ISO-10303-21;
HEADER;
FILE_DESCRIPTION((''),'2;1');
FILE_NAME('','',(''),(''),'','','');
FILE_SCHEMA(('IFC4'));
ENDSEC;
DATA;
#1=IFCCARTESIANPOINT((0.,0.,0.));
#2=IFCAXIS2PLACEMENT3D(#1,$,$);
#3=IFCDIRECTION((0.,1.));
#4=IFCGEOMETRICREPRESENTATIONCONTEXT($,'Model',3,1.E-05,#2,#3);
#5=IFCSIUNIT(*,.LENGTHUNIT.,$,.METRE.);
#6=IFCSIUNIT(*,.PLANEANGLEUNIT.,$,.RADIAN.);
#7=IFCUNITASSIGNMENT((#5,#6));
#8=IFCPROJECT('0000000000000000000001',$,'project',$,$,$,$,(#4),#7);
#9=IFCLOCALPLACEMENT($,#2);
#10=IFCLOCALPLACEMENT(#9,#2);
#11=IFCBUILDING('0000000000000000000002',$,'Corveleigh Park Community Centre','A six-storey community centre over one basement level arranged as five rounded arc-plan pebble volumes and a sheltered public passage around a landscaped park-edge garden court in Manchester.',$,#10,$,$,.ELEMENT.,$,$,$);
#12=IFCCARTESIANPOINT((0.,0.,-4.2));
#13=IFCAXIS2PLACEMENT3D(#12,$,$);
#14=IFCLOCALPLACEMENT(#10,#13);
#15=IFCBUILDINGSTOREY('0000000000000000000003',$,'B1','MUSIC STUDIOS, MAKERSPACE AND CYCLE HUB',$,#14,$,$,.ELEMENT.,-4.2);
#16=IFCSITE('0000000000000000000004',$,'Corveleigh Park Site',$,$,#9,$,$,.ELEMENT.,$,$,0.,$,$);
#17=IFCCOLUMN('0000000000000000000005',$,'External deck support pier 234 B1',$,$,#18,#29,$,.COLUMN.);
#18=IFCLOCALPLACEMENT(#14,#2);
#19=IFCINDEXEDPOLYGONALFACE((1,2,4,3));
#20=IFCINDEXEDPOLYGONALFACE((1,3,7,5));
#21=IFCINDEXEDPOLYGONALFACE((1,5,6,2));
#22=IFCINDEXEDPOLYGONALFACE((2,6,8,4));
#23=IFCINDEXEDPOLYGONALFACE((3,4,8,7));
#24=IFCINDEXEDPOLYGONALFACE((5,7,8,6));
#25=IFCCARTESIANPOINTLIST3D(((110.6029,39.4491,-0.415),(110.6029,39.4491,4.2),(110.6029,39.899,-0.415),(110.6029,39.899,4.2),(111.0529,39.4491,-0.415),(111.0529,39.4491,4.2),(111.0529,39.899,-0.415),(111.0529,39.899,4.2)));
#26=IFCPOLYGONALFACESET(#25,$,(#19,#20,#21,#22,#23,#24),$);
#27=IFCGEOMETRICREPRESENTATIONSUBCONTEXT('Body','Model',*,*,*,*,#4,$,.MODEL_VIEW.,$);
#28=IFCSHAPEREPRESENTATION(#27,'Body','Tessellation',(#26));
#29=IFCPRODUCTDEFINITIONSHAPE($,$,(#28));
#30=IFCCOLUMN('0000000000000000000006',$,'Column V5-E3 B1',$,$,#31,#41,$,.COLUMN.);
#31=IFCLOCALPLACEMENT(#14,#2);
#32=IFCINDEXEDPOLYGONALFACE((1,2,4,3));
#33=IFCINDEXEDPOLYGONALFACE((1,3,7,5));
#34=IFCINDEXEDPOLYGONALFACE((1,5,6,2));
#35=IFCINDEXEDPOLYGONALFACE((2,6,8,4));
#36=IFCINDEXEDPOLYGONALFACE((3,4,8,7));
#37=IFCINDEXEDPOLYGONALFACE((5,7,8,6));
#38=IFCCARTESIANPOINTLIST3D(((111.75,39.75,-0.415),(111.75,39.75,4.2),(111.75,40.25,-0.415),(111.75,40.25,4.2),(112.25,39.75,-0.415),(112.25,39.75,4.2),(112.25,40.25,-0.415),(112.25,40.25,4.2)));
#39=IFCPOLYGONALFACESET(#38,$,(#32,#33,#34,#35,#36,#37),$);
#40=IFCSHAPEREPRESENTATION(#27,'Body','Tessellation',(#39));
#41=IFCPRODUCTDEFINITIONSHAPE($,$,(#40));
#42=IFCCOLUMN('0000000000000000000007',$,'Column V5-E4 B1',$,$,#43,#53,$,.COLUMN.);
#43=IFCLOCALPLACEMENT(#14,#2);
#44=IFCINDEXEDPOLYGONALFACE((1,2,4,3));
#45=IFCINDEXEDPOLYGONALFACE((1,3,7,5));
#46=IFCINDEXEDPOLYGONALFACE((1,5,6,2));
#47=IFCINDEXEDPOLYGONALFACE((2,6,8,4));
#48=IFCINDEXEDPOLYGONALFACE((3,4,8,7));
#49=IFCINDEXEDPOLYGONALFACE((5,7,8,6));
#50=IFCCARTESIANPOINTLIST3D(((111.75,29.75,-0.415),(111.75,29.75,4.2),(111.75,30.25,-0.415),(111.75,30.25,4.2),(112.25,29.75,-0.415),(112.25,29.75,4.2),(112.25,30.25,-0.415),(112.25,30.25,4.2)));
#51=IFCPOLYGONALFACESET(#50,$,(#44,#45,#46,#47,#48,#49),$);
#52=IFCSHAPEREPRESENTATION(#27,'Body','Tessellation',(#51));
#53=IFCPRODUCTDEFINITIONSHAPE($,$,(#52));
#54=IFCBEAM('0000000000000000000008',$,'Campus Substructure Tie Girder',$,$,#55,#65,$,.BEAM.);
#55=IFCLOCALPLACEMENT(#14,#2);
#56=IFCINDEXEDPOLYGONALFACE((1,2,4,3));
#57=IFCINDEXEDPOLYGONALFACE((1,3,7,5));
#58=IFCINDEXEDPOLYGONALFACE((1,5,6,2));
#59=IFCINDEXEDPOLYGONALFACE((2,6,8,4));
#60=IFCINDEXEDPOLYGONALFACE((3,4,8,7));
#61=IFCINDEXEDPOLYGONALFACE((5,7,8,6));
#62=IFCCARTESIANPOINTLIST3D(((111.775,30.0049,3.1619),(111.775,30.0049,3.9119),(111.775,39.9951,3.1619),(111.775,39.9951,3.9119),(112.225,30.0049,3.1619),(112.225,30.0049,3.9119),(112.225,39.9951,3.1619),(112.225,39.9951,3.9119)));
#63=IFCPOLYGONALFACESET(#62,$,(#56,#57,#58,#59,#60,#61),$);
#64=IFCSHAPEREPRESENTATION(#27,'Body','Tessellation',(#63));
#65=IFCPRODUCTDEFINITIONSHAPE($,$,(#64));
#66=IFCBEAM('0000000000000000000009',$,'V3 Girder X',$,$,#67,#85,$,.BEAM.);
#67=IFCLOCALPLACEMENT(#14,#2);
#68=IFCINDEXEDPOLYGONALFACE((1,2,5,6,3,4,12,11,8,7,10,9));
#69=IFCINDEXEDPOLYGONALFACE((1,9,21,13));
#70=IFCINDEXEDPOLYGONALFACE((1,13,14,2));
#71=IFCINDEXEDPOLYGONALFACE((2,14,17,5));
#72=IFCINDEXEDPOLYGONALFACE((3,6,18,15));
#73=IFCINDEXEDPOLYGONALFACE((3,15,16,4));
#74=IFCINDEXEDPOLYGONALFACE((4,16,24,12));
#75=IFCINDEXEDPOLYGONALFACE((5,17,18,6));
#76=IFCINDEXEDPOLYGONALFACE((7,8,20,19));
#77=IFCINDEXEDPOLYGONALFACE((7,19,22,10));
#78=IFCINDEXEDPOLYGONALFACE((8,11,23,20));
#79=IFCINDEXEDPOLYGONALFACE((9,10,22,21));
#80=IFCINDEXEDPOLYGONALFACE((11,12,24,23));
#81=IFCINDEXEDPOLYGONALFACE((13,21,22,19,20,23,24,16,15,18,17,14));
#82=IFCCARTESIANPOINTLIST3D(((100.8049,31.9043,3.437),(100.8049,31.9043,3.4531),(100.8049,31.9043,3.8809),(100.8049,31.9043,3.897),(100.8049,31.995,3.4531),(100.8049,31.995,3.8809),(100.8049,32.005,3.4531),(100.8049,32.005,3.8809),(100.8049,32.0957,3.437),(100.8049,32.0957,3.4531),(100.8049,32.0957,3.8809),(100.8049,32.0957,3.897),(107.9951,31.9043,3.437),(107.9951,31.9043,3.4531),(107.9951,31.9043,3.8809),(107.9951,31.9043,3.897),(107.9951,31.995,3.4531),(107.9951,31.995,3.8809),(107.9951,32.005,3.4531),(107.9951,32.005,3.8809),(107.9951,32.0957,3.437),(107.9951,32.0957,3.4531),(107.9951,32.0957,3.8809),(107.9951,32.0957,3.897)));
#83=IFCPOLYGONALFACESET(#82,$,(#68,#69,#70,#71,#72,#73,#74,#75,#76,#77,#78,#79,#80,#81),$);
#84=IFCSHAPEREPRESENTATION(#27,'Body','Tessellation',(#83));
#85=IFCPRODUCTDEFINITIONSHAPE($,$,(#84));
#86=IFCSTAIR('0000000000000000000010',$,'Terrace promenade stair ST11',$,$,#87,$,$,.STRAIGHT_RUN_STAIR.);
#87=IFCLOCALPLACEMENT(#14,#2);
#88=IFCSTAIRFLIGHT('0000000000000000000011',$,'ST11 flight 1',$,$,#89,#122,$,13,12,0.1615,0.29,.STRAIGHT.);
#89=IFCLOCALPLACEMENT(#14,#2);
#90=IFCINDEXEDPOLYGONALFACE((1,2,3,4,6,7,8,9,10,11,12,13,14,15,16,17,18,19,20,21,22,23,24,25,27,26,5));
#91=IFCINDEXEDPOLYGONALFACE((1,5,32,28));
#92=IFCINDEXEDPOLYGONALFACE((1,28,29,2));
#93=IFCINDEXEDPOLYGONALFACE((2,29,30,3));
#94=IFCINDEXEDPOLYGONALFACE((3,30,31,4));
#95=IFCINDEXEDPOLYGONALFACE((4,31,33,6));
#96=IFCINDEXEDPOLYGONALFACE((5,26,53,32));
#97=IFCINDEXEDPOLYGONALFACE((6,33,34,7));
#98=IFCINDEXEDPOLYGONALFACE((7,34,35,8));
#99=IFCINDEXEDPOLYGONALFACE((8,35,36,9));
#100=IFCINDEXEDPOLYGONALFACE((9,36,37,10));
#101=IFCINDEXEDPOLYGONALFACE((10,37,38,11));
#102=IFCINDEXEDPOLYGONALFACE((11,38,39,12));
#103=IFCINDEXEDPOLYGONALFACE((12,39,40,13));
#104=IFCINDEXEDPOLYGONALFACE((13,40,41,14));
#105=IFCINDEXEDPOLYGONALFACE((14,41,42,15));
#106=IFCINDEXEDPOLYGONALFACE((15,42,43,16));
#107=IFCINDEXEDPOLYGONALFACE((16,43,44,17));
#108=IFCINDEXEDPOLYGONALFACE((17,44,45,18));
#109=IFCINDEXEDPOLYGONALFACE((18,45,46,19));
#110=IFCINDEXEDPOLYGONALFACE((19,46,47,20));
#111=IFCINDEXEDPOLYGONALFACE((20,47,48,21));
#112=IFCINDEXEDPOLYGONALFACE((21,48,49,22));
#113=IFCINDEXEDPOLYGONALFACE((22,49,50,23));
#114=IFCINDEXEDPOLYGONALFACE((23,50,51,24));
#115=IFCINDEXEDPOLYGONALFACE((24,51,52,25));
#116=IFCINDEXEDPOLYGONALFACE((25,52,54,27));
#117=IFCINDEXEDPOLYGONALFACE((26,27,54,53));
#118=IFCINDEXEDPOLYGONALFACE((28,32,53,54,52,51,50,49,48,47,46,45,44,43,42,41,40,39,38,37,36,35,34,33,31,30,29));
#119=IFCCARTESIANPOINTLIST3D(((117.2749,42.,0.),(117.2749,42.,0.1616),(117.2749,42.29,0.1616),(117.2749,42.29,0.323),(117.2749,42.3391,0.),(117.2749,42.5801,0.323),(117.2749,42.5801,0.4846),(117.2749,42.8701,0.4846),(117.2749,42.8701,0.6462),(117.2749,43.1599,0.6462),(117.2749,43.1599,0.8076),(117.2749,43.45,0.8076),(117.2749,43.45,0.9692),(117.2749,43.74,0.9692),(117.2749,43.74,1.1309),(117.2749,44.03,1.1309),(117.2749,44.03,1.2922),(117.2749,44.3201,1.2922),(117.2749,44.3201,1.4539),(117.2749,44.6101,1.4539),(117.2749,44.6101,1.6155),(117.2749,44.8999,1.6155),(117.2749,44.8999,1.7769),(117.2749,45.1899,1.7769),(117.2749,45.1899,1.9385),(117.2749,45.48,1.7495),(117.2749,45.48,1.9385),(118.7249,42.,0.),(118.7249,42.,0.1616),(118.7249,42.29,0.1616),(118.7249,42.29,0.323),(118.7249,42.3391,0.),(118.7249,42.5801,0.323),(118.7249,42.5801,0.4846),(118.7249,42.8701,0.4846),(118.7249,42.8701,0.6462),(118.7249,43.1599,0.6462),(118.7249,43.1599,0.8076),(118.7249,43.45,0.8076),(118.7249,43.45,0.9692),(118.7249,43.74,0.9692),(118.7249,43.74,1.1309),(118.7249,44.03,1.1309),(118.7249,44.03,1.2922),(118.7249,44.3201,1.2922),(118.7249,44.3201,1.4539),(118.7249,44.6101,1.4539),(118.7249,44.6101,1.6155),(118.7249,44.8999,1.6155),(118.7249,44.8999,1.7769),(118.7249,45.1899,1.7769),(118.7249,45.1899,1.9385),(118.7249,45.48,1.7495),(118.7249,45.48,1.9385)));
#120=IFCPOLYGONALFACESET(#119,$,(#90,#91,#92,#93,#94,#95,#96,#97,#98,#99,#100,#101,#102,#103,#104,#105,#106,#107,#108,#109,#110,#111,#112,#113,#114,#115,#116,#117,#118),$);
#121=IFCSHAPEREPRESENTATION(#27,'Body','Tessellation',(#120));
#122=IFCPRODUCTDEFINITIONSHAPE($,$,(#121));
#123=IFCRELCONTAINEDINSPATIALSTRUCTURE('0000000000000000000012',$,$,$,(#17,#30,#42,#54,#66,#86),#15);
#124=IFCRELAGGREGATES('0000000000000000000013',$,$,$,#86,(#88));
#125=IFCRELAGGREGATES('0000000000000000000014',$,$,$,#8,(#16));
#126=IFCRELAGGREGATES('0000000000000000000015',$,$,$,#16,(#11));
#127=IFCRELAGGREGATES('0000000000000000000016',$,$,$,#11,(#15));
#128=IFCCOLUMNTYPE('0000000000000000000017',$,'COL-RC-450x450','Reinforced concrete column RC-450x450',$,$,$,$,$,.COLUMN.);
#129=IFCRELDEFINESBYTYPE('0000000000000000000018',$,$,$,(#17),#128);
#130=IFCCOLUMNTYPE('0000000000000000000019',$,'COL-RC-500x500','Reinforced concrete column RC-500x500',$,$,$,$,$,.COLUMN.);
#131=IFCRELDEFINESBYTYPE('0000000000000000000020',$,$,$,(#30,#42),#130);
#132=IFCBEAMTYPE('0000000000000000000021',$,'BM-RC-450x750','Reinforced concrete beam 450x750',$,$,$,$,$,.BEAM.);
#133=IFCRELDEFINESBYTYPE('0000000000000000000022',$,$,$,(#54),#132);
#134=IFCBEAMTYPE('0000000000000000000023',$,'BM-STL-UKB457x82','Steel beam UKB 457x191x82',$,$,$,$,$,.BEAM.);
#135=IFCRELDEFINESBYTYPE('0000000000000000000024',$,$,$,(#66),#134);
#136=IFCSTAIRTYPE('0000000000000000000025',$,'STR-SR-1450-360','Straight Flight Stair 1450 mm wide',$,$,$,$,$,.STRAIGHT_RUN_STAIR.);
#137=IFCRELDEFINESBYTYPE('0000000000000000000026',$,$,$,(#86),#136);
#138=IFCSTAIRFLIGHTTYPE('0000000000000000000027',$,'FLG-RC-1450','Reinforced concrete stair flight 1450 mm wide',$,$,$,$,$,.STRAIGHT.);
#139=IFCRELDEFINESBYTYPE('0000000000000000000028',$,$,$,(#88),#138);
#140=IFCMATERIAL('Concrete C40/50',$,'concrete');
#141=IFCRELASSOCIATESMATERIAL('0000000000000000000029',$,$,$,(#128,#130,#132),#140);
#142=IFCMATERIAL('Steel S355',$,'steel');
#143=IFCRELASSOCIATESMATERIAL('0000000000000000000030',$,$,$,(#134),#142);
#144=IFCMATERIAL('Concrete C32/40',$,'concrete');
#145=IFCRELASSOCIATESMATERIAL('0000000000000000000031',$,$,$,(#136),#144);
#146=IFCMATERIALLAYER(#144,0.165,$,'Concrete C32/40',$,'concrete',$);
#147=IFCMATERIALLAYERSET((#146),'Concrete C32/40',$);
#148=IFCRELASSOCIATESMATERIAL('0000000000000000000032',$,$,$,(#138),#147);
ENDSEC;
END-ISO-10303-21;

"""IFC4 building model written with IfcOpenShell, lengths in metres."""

from ifc_helpers import new_model, si_unit, direction, frame, origin, origin_2d, place, context, subcontext, project, spatial, polyline, rectangle, i_section, outline, extrude, material, layer, layer_set, material_profile, profile_set, type_object, element, aggregate, save


model = new_model("IFC4")

# Units and contexts
model_context = context("Model", 3, precision=1e-05, world=origin(), true_north=direction((0.0, 1.0)))
body_context = subcontext(model_context, "Body", "Model", "MODEL_VIEW")
ifc_project = project(units=[si_unit("LENGTHUNIT", "METRE"), si_unit("PLANEANGLEUNIT", "RADIAN")], contexts=[model_context])

# Site, building, storey
site_placement = place(None, origin())
site = spatial("IfcSite", under=ifc_project, at=site_placement, Name="Corveleigh Park Site", CompositionType="ELEMENT", RefElevation=0.0)
building_placement = place(site_placement, origin())
building = spatial("IfcBuilding", under=site, at=building_placement, Name="Corveleigh Park Community Centre", Description="A six-storey community centre over one basement level arranged as five rounded arc-plan pebble volumes and a sheltered public passage around a landscaped park-edge garden court in Manchester.", CompositionType="ELEMENT")
storey_placement = place(building_placement, frame((0.0, 0.0, -4.2)))
storey = spatial("IfcBuildingStorey", under=building, at=storey_placement, Name="B1", Description="MUSIC STUDIOS, MAKERSPACE AND CYCLE HUB", CompositionType="ELEMENT", Elevation=-4.2)

# Shared definitions
ifc_material_1 = material(Name="Concrete C40/50", Category="concrete")

# Shared definitions
ifc_material_2 = material(Name="Concrete C32/40", Category="concrete")

# Columns
ifc_material_profile_1 = material_profile(ifc_material_1, rectangle(XDim=0.45, YDim=0.45, at=origin_2d()), Name="RC-450x450", Category="concrete")
ifc_profile_set_1 = profile_set([ifc_material_profile_1], Name="Concrete C40/50")
column_type_1 = type_object("IfcColumnType", Name="COL-RC-450x450", Description="Reinforced concrete column RC-450x450", PredefinedType="COLUMN", material=ifc_profile_set_1)
for number, where, z_axis, x_axis, name in (
    (1, (110.8279, 39.6741, -0.415), (0.0, 0.0, 1.0), (1.0, 0.0, 0.0), "External deck support pier 234 B1"),
):
    element("IfcColumn", number, at=place(storey_placement, frame(where, z_axis=z_axis, x_axis=x_axis)), inside=storey, type_object=column_type_1, Name=name, PredefinedType="COLUMN", context=body_context, shape_type="SweptSolid", body=[
        extrude(rectangle(XDim=0.45, YDim=0.45, at=origin_2d()), origin(), (0.0, 0.0, 1.0), 4.615),
    ])
ifc_material_profile_2 = material_profile(ifc_material_1, rectangle(XDim=0.5, YDim=0.5, at=origin_2d()), Name="RC-500x500", Category="concrete")
ifc_profile_set_2 = profile_set([ifc_material_profile_2], Name="Concrete C40/50")
column_type_2 = type_object("IfcColumnType", Name="COL-RC-500x500", Description="Reinforced concrete column RC-500x500", PredefinedType="COLUMN", material=ifc_profile_set_2)
for number, where, z_axis, x_axis, name in (
    (2, (112.0, 40.0, -0.415), (0.0, 0.0, 1.0), (1.0, 0.0, 0.0), "Column V5-E3 B1"),
    (3, (112.0, 30.0, -0.415), (0.0, 0.0, 1.0), (1.0, 0.0, 0.0), "Column V5-E4 B1"),
):
    element("IfcColumn", number, at=place(storey_placement, frame(where, z_axis=z_axis, x_axis=x_axis)), inside=storey, type_object=column_type_2, Name=name, PredefinedType="COLUMN", context=body_context, shape_type="SweptSolid", body=[
        extrude(rectangle(XDim=0.5, YDim=0.5, at=origin_2d()), origin(), (0.0, 0.0, 1.0), 4.615),
    ])

# Beams
ifc_material_profile_3 = material_profile(ifc_material_1, rectangle(XDim=0.45, YDim=0.75, at=origin_2d()), Name="RC-450x750", Category="concrete")
ifc_profile_set_3 = profile_set([ifc_material_profile_3], Name="Concrete C40/50")
beam_type_1 = type_object("IfcBeamType", Name="BM-RC-450x750", Description="Reinforced concrete beam 450x750", PredefinedType="BEAM", material=ifc_profile_set_3)
beam_1_placement = place(storey_placement, frame((112.0, 39.9951, 3.5369), z_axis=(0.0, -1.0, 0.0), x_axis=(1.0, 0.0, 0.0)))
element("IfcBeam", 4, at=beam_1_placement, inside=storey, type_object=beam_type_1, Name="Campus Substructure Tie Girder", PredefinedType="BEAM", context=body_context, shape_type="SweptSolid", body=[
    extrude(rectangle(XDim=0.45, YDim=0.75, at=origin_2d()), origin(), (0.0, 0.0, 1.0), 9.9902),
])
ifc_material_3 = material(Name="Steel S355", Category="steel")
ifc_material_profile_4 = material_profile(ifc_material_3, i_section(OverallWidth=0.1914, OverallDepth=0.46, WebThickness=0.01, FlangeThickness=0.0161, at=origin_2d()), Name="UKB 457x191x82", Category="steel")
ifc_profile_set_4 = profile_set([ifc_material_profile_4], Name="Steel S355")
beam_type_2 = type_object("IfcBeamType", Name="BM-STL-UKB457x82", Description="Steel beam UKB 457x191x82", PredefinedType="BEAM", material=ifc_profile_set_4)
beam_2_placement = place(storey_placement, frame((100.8049, 32.0, 3.667), z_axis=(1.0, 0.0, 0.0), x_axis=(0.0, 1.0, 0.0)))
element("IfcBeam", 5, at=beam_2_placement, inside=storey, type_object=beam_type_2, Name="V3 Girder X", PredefinedType="BEAM", context=body_context, shape_type="SweptSolid", body=[
    extrude(i_section(OverallWidth=0.1914, OverallDepth=0.46, WebThickness=0.01, FlangeThickness=0.0161, at=origin_2d()), origin(), (0.0, 0.0, 1.0), 7.1902),
])

# Stair, stair flight
stair_type = type_object("IfcStairType", Name="STR-SR-1450-360", Description="Straight Flight Stair 1450 mm wide", PredefinedType="STRAIGHT_RUN_STAIR", material=ifc_material_2)
stair_placement = place(storey_placement, origin())
stair = element("IfcStair", 6, at=stair_placement, inside=storey, type_object=stair_type, Name="Terrace promenade stair ST11", PredefinedType="STRAIGHT_RUN_STAIR")
ifc_layer = layer(ifc_material_2, 0.165, Name="Concrete C32/40", Category="concrete")
ifc_layer_set = layer_set([ifc_layer], Name="Concrete C32/40")
stair_flight_type = type_object("IfcStairFlightType", Name="FLG-RC-1450", Description="Reinforced concrete stair flight 1450 mm wide", PredefinedType="STRAIGHT", material=ifc_layer_set)
stair_flight_placement = place(storey_placement, frame((118.0, 42.0, 0.0), z_axis=(0.0, 0.0, 1.0), x_axis=(0.0, 1.0, 0.0)))
stair_flight = element("IfcStairFlight", 7, at=stair_flight_placement, type_object=stair_flight_type, Name="ST11 flight 1", NumberOfRisers=13, NumberOfTreads=12, PredefinedType="STRAIGHT", RiserHeight=0.1615, TreadLength=0.29, context=body_context, shape_type="SweptSolid", body=[
    extrude(outline(polyline([(0.0, 0.0), (0.0, 0.1616), (0.29, 0.1616), (0.29, 0.323), (0.5801, 0.323), (0.5801, 0.4846), (0.8701, 0.4846), (0.8701, 0.6462), (1.1599, 0.6462), (1.1599, 0.8076), (1.45, 0.8076), (1.45, 0.9692), (1.74, 0.9692), (1.74, 1.1309), (2.03, 1.1309), (2.03, 1.2922), (2.3201, 1.2922), (2.3201, 1.4539), (2.6101, 1.4539), (2.6101, 1.6155), (2.8999, 1.6155), (2.8999, 1.7769), (3.1899, 1.7769), (3.1899, 1.9385), (3.48, 1.9385), (3.48, 2.1001), (3.48, 1.7495), (0.3391, 0.0), (0.0, 0.0)])), frame((0.0, 0.7251, 0.0), z_axis=(0.0, -1.0, 0.0), x_axis=(1.0, 0.0, 0.0)), (0.0, 0.0, 1.0), 1.45),
])
aggregate(stair, [stair_flight])

save(model, "model.ifc")
